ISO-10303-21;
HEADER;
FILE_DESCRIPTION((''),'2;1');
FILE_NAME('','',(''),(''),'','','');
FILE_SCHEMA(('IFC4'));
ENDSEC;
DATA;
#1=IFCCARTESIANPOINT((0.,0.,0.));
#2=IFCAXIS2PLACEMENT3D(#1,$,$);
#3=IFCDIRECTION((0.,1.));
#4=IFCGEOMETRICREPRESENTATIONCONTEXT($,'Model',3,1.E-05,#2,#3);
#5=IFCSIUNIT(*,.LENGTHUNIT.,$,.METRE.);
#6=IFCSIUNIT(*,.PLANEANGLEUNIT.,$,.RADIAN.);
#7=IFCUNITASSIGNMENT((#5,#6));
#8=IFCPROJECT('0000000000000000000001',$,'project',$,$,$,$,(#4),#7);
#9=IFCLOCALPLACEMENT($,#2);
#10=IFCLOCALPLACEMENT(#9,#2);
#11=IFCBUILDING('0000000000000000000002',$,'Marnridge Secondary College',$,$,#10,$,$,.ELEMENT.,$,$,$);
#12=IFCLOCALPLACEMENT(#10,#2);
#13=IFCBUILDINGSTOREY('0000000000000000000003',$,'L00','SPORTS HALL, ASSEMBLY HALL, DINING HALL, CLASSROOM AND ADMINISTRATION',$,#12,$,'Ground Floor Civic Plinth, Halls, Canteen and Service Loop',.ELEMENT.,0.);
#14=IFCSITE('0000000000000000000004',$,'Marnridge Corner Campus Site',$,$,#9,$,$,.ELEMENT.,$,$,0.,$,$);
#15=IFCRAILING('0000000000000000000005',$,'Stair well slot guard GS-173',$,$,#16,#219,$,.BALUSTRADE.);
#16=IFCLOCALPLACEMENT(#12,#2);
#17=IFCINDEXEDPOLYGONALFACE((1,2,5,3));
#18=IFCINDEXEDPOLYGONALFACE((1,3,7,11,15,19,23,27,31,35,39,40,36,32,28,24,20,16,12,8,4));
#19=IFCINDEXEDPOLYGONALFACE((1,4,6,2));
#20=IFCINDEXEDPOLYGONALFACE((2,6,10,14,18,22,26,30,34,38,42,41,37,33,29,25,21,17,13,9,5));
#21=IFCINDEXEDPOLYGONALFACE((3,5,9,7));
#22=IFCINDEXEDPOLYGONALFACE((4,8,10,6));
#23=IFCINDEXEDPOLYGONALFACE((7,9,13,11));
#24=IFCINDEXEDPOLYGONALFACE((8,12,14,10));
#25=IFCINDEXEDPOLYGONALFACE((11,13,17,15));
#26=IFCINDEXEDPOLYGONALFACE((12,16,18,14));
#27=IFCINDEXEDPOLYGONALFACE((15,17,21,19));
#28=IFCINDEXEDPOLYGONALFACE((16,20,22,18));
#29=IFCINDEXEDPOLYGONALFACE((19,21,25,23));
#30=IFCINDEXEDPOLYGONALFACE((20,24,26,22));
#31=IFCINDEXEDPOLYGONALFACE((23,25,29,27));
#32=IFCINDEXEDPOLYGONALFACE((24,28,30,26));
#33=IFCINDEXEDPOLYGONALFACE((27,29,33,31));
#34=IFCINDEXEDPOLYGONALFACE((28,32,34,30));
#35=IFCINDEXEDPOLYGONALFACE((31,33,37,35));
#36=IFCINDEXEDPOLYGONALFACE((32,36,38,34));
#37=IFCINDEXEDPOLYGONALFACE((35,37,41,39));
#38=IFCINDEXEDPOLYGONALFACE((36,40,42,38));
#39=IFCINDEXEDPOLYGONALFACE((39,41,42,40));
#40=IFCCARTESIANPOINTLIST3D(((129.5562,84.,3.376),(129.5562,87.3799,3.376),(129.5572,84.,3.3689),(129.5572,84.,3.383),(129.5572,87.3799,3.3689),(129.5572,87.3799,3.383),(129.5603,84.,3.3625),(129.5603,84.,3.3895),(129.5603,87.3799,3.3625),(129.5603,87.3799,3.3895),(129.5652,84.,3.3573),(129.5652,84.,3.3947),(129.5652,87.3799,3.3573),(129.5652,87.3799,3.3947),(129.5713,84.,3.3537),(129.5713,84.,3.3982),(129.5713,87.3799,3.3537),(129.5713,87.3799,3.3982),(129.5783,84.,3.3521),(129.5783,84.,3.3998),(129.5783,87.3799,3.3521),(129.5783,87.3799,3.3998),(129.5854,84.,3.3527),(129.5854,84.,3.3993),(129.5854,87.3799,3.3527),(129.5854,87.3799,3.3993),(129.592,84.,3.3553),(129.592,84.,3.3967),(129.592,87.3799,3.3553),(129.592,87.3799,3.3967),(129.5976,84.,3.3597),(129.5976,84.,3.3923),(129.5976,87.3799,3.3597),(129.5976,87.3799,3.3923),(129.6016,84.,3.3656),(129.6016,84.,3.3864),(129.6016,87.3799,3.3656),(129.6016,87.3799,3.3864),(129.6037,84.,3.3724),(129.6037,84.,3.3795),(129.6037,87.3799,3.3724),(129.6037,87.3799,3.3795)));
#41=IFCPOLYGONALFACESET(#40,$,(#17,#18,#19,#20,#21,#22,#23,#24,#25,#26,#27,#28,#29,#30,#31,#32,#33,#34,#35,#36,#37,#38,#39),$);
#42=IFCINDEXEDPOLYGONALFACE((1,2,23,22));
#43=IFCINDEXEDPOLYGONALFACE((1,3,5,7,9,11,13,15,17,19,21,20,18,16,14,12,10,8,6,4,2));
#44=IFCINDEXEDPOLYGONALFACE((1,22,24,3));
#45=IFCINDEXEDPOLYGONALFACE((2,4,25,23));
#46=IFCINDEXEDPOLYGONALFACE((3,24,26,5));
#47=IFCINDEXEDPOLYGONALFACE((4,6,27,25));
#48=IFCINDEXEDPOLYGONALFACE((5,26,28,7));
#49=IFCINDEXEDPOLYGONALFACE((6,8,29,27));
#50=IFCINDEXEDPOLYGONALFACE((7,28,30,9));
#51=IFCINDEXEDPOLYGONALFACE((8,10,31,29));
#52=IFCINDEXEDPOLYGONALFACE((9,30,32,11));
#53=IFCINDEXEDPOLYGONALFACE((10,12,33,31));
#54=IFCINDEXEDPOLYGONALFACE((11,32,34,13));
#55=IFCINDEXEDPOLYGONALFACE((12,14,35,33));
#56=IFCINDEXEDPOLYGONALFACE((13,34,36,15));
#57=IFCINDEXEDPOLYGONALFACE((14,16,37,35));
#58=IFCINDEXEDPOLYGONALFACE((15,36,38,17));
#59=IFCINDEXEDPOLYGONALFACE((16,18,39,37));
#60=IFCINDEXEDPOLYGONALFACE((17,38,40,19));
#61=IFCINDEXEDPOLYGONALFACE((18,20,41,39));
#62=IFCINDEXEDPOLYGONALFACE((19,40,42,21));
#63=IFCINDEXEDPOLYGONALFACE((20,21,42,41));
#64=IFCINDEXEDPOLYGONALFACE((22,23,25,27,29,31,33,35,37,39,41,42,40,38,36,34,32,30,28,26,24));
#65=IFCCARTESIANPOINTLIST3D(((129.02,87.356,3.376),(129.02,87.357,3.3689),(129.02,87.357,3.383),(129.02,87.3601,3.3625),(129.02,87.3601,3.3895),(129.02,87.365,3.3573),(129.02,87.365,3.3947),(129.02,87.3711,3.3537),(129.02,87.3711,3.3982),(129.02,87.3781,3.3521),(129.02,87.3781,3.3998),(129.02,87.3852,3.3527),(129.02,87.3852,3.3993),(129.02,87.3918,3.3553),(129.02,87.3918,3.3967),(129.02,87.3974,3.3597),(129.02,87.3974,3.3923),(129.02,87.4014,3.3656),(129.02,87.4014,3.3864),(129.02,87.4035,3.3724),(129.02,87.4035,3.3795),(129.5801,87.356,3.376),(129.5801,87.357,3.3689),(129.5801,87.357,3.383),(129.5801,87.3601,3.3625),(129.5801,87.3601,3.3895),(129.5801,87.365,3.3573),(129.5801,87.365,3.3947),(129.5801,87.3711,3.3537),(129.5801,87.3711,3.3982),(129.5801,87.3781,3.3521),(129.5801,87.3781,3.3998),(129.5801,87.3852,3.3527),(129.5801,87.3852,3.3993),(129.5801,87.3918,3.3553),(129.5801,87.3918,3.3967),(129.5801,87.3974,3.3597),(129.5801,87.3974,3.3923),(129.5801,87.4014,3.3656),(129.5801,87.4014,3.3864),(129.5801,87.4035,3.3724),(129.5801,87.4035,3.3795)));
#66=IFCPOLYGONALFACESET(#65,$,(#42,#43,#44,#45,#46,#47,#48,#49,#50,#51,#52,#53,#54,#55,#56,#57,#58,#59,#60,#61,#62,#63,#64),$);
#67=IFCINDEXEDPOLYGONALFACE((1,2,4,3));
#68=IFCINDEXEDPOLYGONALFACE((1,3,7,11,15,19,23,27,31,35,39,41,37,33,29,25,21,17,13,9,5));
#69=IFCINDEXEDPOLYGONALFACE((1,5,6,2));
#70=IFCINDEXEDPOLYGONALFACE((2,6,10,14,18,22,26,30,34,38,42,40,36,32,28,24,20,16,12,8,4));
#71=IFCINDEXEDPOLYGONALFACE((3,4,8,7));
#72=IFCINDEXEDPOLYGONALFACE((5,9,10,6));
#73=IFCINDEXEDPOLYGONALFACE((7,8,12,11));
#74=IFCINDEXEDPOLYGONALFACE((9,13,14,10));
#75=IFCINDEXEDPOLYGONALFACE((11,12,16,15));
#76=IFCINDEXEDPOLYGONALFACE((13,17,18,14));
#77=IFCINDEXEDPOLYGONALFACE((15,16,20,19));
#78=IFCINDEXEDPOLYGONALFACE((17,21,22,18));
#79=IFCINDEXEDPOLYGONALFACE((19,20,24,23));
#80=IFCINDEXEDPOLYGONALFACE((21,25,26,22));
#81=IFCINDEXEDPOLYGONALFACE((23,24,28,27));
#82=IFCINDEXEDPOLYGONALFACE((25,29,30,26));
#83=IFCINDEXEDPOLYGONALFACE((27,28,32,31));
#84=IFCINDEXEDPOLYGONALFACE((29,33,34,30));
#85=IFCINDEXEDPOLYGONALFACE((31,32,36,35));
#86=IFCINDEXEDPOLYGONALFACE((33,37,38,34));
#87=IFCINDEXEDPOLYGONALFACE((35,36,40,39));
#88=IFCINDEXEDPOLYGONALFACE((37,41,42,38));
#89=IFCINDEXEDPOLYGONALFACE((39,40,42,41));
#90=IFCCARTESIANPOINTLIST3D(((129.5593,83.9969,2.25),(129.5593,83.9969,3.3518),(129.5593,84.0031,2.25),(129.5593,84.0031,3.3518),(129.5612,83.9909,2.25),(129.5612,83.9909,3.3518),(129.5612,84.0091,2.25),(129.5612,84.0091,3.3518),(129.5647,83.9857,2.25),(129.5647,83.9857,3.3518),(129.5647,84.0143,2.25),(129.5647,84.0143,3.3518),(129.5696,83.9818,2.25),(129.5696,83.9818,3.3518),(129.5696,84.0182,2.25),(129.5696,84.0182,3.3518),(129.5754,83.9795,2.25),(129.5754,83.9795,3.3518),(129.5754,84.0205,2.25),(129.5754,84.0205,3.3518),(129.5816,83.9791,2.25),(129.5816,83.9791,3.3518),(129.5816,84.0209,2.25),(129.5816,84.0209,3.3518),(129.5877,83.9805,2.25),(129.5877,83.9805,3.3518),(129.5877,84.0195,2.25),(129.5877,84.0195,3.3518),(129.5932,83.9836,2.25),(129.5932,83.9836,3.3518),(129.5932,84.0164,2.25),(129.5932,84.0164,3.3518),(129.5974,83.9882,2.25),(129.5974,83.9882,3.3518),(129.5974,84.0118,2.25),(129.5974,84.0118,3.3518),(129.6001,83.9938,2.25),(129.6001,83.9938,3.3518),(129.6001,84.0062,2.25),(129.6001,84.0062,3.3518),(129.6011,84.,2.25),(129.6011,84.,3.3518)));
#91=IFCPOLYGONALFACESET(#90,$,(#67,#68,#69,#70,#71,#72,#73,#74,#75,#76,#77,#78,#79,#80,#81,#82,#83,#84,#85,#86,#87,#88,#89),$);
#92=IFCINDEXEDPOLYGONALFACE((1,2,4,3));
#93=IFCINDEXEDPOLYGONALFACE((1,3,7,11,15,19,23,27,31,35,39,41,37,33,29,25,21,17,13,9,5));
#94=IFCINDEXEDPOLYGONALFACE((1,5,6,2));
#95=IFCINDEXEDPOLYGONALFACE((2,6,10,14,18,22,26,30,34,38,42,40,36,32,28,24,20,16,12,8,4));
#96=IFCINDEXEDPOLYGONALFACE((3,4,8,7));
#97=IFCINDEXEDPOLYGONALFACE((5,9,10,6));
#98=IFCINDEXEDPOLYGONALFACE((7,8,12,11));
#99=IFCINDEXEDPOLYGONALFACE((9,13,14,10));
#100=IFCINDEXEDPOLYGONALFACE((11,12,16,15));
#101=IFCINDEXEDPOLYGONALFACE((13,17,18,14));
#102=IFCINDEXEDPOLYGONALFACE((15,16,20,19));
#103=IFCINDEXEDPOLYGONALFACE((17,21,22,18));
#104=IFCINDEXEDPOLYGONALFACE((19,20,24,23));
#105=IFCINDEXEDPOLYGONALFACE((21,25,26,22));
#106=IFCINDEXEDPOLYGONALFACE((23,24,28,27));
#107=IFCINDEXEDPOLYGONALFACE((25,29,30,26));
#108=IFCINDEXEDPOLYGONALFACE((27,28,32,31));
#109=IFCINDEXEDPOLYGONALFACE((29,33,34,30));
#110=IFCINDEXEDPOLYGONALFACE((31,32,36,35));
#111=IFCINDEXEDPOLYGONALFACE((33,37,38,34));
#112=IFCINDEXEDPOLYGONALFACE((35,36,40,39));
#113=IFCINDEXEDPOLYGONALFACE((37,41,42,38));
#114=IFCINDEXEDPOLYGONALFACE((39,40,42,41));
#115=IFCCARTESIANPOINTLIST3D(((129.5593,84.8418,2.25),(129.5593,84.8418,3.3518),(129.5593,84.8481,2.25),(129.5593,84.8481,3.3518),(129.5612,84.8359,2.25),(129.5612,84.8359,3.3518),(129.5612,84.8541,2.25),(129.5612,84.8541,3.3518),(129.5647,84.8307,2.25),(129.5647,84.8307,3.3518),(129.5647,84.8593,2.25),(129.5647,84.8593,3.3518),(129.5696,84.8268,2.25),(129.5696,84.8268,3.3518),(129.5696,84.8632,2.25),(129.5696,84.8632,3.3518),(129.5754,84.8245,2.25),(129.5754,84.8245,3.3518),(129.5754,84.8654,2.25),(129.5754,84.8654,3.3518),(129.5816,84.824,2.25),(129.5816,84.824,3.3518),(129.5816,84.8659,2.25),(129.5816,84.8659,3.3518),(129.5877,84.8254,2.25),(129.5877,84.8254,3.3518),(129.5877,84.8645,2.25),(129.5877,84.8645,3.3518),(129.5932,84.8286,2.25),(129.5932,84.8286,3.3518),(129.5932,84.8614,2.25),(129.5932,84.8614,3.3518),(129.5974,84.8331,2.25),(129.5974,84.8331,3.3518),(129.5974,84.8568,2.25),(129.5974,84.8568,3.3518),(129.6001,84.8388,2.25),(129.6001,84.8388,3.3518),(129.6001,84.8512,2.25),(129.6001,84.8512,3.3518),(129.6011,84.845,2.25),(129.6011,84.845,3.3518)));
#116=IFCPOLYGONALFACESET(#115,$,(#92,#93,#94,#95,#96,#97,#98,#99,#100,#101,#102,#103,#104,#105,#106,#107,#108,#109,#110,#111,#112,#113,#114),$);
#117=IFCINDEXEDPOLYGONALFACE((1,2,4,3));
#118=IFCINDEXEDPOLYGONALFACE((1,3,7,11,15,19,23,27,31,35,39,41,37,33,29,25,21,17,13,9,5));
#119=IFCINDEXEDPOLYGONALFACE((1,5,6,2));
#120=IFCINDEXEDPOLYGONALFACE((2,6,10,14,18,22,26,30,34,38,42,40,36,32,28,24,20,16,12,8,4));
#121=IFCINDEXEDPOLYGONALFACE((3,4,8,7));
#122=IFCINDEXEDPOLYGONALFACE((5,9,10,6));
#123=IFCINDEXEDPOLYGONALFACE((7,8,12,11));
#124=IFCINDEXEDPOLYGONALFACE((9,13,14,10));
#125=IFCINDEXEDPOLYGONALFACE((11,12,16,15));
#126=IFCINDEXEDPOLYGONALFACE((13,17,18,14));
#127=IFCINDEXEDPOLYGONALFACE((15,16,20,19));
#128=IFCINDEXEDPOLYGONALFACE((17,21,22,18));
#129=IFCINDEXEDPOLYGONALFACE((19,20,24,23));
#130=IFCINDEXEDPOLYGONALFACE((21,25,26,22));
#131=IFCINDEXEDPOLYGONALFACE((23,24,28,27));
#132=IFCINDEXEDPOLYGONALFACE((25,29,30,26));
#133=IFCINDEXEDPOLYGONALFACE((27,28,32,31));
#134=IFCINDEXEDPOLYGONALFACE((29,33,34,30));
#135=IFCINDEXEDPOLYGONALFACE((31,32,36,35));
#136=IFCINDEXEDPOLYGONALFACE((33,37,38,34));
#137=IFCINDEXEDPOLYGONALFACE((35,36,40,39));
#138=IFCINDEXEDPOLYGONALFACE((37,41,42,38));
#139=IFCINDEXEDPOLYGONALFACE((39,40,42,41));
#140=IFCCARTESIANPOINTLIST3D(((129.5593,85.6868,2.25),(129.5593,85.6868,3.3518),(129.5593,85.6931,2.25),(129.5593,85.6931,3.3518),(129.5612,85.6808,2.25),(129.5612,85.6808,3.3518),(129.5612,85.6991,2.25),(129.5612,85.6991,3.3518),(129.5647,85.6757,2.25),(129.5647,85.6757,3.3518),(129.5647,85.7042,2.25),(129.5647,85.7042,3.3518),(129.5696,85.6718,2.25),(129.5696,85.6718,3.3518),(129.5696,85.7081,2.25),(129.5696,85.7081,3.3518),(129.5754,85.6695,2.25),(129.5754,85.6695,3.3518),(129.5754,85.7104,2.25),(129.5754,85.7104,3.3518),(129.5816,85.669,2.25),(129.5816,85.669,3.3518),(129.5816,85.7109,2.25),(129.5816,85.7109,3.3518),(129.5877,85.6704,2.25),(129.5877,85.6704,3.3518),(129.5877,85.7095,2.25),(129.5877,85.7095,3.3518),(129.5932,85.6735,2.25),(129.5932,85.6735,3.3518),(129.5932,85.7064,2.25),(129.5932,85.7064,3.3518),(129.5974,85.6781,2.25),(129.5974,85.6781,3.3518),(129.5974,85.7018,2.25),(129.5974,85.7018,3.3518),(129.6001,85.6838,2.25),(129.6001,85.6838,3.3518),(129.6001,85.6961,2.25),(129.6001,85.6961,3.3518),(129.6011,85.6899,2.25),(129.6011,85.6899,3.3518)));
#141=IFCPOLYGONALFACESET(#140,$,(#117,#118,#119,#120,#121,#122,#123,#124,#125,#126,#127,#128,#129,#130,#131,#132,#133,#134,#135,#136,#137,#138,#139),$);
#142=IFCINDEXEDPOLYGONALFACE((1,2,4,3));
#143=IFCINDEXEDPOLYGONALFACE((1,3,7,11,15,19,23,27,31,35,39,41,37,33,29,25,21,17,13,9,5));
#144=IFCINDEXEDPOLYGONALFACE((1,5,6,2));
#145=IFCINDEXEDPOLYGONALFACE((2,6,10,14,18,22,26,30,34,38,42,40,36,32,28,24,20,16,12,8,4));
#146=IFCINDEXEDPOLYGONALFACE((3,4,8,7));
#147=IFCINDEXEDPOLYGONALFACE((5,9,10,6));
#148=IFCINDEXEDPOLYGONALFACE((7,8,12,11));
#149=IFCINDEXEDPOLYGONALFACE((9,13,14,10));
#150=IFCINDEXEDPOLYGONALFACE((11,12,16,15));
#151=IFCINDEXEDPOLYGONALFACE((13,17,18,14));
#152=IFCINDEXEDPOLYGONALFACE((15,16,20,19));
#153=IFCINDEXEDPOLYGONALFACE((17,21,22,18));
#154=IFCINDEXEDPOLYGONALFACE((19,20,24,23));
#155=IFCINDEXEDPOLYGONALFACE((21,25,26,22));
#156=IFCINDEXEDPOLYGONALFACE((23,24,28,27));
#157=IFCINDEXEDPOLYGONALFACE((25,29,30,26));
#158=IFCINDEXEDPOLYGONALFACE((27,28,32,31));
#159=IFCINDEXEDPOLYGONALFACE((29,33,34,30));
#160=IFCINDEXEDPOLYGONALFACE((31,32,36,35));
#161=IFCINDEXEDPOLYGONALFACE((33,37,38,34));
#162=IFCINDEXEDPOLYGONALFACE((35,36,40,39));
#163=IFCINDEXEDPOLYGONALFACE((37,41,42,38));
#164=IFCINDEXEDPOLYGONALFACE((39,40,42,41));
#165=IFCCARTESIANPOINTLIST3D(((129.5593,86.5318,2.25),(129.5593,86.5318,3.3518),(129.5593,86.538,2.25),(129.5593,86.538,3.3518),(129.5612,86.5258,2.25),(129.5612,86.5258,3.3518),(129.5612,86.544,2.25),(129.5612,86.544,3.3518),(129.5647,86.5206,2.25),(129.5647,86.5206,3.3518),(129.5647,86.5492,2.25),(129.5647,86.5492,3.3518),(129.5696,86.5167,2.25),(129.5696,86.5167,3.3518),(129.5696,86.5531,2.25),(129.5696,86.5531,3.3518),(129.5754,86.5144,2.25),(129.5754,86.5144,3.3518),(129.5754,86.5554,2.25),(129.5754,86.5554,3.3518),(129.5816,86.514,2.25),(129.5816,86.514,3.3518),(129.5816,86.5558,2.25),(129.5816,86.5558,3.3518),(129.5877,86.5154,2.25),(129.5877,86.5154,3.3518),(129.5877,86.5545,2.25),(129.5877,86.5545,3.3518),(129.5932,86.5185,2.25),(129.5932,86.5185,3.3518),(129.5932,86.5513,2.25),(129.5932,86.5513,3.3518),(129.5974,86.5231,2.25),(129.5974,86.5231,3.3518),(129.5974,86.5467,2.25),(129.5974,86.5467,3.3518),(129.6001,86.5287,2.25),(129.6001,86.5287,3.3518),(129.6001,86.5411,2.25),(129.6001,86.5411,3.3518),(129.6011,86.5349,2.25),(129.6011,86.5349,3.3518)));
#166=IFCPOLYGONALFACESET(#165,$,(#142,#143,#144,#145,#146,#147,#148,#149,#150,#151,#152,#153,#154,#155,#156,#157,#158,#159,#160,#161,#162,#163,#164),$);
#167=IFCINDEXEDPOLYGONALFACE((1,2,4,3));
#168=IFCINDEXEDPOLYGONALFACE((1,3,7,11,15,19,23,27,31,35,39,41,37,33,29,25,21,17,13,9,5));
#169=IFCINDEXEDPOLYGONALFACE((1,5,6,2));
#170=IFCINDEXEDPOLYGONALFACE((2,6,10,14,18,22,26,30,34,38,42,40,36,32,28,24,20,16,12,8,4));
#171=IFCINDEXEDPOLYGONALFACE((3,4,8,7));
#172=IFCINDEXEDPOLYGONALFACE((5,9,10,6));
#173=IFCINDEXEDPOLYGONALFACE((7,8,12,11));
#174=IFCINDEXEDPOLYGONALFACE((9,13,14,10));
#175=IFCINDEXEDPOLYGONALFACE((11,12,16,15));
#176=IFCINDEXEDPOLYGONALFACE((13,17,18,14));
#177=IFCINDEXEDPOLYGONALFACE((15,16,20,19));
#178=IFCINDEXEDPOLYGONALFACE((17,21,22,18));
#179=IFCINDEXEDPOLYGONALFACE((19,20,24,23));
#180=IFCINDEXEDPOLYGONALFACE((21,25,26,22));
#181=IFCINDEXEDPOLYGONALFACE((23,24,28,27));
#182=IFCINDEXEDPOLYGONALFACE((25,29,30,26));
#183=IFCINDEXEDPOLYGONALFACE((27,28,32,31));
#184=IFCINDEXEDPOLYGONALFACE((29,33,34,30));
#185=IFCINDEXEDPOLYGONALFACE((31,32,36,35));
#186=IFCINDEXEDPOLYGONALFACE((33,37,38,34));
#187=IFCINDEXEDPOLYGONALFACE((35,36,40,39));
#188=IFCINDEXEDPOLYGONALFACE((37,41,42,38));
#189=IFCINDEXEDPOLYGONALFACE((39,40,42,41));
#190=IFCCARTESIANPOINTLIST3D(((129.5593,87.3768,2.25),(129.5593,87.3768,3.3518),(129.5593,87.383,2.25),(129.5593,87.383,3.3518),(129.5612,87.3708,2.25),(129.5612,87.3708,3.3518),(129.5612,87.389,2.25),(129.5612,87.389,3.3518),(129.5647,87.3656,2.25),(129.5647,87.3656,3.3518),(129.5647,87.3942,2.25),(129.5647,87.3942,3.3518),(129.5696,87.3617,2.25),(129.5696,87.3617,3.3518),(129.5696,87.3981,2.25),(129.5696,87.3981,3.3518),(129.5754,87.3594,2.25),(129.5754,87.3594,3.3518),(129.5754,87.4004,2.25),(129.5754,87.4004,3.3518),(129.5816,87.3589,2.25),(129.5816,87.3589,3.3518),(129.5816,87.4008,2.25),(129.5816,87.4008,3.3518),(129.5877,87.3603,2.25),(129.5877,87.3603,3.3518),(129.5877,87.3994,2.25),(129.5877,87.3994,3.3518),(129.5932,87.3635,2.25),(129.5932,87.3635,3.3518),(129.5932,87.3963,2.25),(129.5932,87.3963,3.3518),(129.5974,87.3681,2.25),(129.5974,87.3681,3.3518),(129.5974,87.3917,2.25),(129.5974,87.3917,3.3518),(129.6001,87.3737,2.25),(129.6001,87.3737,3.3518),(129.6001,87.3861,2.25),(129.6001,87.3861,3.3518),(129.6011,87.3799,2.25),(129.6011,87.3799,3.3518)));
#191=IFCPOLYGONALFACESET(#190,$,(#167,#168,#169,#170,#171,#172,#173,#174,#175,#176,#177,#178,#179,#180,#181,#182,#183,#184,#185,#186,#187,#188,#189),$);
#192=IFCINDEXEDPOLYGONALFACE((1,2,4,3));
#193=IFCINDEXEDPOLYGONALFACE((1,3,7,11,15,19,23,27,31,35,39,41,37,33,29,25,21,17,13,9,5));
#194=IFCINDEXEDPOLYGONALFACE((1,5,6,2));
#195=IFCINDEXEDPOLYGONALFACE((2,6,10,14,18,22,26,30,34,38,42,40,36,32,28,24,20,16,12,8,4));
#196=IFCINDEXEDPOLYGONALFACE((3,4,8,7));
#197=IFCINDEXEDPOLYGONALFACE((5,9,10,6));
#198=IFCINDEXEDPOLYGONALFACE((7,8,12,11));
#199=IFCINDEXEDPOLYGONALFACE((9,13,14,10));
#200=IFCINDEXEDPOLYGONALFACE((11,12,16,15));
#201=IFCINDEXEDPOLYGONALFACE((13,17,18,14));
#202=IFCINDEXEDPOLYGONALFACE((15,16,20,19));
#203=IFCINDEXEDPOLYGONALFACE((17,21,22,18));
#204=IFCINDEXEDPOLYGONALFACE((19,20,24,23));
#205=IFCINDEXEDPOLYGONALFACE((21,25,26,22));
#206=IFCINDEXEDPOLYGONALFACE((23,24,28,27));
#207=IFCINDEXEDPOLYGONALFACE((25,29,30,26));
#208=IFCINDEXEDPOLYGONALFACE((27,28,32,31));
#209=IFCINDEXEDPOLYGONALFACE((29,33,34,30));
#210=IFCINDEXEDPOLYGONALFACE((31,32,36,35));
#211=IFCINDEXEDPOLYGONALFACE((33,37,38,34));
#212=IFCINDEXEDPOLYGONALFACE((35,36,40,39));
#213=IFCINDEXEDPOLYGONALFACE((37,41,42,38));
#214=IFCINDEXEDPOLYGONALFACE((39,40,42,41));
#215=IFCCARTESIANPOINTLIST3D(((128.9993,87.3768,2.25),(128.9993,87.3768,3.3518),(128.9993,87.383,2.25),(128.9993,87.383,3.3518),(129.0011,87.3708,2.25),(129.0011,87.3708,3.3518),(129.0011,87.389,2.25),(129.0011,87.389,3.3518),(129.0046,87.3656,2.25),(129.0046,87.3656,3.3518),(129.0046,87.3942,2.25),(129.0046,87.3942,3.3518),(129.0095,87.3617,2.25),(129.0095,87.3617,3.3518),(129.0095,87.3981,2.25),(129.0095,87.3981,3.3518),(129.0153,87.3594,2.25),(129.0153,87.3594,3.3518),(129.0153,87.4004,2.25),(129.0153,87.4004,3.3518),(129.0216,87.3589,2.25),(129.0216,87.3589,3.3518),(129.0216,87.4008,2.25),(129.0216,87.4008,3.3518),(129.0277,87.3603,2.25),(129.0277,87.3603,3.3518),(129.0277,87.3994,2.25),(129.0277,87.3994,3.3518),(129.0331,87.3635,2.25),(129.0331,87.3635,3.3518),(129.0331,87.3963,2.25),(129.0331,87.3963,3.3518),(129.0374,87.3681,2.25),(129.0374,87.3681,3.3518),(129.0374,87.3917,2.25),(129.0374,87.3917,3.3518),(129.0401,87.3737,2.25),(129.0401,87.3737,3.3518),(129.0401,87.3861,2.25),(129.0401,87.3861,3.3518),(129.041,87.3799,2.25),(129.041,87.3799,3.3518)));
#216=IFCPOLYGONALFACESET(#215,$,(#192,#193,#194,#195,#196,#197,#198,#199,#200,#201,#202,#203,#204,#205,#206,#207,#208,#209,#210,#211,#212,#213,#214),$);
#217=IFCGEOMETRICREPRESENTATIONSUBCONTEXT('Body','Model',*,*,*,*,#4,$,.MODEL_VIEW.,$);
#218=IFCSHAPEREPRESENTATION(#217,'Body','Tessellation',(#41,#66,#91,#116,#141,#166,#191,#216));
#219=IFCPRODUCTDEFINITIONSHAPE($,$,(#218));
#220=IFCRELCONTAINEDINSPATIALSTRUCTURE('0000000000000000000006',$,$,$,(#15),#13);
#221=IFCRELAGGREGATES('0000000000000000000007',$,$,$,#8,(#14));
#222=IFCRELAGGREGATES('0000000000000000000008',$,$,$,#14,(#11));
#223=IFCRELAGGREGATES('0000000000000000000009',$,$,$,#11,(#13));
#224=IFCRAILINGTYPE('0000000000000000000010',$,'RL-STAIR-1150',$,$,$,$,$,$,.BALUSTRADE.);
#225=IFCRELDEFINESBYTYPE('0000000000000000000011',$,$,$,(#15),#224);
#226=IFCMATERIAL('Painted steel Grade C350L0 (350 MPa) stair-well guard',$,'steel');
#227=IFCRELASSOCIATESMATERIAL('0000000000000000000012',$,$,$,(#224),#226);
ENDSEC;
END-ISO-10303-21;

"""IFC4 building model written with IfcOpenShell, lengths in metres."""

from ifc_helpers import new_model, si_unit, direction, frame, origin, origin_2d, place, context, subcontext, project, spatial, circle, extrude, material, type_object, element, save


model = new_model("IFC4")

# Units and contexts
model_context = context("Model", 3, precision=1e-05, world=origin(), true_north=direction((0.0, 1.0)))
body_context = subcontext(model_context, "Body", "Model", "MODEL_VIEW")
ifc_project = project(units=[si_unit("LENGTHUNIT", "METRE"), si_unit("PLANEANGLEUNIT", "RADIAN")], contexts=[model_context])

# Site, building, storey
site_placement = place(None, origin())
site = spatial("IfcSite", under=ifc_project, at=site_placement, Name="Marnridge Corner Campus Site", CompositionType="ELEMENT", RefElevation=0.0)
building_placement = place(site_placement, origin())
building = spatial("IfcBuilding", under=site, at=building_placement, Name="Marnridge Secondary College", CompositionType="ELEMENT")
storey_placement = place(building_placement, origin())
storey = spatial("IfcBuildingStorey", under=building, at=storey_placement, Name="L00", Description="SPORTS HALL, ASSEMBLY HALL, DINING HALL, CLASSROOM AND ADMINISTRATION", LongName="Ground Floor Civic Plinth, Halls, Canteen and Service Loop", CompositionType="ELEMENT", Elevation=0.0)

# Railing
ifc_material_1 = material(Name="Painted steel Grade C350L0 (350 MPa) stair-well guard", Category="steel")
railing_type_1 = type_object("IfcRailingType", Name="RL-STAIR-1150", PredefinedType="BALUSTRADE", material=ifc_material_1)
railing_1_placement = place(storey_placement, frame((129.5801, 84.0, 2.25)))
element("IfcRailing", 1, at=railing_1_placement, inside=storey, type_object=railing_type_1, Name="Stair well slot guard GS-173", PredefinedType="BALUSTRADE", context=body_context, shape_type="SweptSolid", body=[
    extrude(circle(Radius=0.0239, at=origin_2d()), frame((0.0, 0.0, 1.126), z_axis=(0.0, 1.0, 0.0), x_axis=(-1.0, 0.0, 0.0)), (0.0, 0.0, 1.0), 3.3799),
    extrude(circle(Radius=0.0239, at=origin_2d()), frame((0.0, 3.3799, 1.126), z_axis=(-1.0, 0.0, 0.0), x_axis=(0.0, -1.0, 0.0)), (0.0, 0.0, 1.0), 0.5601),
    extrude(circle(Radius=0.021, at=origin_2d()), origin(), (0.0, 0.0, 1.0), 1.1018),
    extrude(circle(Radius=0.021, at=origin_2d()), frame((0.0, 0.845, 0.0)), (0.0, 0.0, 1.0), 1.1018),
    extrude(circle(Radius=0.021, at=origin_2d()), frame((0.0, 1.6899, 0.0)), (0.0, 0.0, 1.0), 1.1018),
    extrude(circle(Radius=0.021, at=origin_2d()), frame((0.0, 2.5349, 0.0)), (0.0, 0.0, 1.0), 1.1018),
    extrude(circle(Radius=0.021, at=origin_2d()), frame((0.0, 3.3799, 0.0)), (0.0, 0.0, 1.0), 1.1018),
    extrude(circle(Radius=0.021, at=origin_2d()), frame((-0.5601, 3.3799, 0.0)), (0.0, 0.0, 1.0), 1.1018),
])

save(model, "model.ifc")
